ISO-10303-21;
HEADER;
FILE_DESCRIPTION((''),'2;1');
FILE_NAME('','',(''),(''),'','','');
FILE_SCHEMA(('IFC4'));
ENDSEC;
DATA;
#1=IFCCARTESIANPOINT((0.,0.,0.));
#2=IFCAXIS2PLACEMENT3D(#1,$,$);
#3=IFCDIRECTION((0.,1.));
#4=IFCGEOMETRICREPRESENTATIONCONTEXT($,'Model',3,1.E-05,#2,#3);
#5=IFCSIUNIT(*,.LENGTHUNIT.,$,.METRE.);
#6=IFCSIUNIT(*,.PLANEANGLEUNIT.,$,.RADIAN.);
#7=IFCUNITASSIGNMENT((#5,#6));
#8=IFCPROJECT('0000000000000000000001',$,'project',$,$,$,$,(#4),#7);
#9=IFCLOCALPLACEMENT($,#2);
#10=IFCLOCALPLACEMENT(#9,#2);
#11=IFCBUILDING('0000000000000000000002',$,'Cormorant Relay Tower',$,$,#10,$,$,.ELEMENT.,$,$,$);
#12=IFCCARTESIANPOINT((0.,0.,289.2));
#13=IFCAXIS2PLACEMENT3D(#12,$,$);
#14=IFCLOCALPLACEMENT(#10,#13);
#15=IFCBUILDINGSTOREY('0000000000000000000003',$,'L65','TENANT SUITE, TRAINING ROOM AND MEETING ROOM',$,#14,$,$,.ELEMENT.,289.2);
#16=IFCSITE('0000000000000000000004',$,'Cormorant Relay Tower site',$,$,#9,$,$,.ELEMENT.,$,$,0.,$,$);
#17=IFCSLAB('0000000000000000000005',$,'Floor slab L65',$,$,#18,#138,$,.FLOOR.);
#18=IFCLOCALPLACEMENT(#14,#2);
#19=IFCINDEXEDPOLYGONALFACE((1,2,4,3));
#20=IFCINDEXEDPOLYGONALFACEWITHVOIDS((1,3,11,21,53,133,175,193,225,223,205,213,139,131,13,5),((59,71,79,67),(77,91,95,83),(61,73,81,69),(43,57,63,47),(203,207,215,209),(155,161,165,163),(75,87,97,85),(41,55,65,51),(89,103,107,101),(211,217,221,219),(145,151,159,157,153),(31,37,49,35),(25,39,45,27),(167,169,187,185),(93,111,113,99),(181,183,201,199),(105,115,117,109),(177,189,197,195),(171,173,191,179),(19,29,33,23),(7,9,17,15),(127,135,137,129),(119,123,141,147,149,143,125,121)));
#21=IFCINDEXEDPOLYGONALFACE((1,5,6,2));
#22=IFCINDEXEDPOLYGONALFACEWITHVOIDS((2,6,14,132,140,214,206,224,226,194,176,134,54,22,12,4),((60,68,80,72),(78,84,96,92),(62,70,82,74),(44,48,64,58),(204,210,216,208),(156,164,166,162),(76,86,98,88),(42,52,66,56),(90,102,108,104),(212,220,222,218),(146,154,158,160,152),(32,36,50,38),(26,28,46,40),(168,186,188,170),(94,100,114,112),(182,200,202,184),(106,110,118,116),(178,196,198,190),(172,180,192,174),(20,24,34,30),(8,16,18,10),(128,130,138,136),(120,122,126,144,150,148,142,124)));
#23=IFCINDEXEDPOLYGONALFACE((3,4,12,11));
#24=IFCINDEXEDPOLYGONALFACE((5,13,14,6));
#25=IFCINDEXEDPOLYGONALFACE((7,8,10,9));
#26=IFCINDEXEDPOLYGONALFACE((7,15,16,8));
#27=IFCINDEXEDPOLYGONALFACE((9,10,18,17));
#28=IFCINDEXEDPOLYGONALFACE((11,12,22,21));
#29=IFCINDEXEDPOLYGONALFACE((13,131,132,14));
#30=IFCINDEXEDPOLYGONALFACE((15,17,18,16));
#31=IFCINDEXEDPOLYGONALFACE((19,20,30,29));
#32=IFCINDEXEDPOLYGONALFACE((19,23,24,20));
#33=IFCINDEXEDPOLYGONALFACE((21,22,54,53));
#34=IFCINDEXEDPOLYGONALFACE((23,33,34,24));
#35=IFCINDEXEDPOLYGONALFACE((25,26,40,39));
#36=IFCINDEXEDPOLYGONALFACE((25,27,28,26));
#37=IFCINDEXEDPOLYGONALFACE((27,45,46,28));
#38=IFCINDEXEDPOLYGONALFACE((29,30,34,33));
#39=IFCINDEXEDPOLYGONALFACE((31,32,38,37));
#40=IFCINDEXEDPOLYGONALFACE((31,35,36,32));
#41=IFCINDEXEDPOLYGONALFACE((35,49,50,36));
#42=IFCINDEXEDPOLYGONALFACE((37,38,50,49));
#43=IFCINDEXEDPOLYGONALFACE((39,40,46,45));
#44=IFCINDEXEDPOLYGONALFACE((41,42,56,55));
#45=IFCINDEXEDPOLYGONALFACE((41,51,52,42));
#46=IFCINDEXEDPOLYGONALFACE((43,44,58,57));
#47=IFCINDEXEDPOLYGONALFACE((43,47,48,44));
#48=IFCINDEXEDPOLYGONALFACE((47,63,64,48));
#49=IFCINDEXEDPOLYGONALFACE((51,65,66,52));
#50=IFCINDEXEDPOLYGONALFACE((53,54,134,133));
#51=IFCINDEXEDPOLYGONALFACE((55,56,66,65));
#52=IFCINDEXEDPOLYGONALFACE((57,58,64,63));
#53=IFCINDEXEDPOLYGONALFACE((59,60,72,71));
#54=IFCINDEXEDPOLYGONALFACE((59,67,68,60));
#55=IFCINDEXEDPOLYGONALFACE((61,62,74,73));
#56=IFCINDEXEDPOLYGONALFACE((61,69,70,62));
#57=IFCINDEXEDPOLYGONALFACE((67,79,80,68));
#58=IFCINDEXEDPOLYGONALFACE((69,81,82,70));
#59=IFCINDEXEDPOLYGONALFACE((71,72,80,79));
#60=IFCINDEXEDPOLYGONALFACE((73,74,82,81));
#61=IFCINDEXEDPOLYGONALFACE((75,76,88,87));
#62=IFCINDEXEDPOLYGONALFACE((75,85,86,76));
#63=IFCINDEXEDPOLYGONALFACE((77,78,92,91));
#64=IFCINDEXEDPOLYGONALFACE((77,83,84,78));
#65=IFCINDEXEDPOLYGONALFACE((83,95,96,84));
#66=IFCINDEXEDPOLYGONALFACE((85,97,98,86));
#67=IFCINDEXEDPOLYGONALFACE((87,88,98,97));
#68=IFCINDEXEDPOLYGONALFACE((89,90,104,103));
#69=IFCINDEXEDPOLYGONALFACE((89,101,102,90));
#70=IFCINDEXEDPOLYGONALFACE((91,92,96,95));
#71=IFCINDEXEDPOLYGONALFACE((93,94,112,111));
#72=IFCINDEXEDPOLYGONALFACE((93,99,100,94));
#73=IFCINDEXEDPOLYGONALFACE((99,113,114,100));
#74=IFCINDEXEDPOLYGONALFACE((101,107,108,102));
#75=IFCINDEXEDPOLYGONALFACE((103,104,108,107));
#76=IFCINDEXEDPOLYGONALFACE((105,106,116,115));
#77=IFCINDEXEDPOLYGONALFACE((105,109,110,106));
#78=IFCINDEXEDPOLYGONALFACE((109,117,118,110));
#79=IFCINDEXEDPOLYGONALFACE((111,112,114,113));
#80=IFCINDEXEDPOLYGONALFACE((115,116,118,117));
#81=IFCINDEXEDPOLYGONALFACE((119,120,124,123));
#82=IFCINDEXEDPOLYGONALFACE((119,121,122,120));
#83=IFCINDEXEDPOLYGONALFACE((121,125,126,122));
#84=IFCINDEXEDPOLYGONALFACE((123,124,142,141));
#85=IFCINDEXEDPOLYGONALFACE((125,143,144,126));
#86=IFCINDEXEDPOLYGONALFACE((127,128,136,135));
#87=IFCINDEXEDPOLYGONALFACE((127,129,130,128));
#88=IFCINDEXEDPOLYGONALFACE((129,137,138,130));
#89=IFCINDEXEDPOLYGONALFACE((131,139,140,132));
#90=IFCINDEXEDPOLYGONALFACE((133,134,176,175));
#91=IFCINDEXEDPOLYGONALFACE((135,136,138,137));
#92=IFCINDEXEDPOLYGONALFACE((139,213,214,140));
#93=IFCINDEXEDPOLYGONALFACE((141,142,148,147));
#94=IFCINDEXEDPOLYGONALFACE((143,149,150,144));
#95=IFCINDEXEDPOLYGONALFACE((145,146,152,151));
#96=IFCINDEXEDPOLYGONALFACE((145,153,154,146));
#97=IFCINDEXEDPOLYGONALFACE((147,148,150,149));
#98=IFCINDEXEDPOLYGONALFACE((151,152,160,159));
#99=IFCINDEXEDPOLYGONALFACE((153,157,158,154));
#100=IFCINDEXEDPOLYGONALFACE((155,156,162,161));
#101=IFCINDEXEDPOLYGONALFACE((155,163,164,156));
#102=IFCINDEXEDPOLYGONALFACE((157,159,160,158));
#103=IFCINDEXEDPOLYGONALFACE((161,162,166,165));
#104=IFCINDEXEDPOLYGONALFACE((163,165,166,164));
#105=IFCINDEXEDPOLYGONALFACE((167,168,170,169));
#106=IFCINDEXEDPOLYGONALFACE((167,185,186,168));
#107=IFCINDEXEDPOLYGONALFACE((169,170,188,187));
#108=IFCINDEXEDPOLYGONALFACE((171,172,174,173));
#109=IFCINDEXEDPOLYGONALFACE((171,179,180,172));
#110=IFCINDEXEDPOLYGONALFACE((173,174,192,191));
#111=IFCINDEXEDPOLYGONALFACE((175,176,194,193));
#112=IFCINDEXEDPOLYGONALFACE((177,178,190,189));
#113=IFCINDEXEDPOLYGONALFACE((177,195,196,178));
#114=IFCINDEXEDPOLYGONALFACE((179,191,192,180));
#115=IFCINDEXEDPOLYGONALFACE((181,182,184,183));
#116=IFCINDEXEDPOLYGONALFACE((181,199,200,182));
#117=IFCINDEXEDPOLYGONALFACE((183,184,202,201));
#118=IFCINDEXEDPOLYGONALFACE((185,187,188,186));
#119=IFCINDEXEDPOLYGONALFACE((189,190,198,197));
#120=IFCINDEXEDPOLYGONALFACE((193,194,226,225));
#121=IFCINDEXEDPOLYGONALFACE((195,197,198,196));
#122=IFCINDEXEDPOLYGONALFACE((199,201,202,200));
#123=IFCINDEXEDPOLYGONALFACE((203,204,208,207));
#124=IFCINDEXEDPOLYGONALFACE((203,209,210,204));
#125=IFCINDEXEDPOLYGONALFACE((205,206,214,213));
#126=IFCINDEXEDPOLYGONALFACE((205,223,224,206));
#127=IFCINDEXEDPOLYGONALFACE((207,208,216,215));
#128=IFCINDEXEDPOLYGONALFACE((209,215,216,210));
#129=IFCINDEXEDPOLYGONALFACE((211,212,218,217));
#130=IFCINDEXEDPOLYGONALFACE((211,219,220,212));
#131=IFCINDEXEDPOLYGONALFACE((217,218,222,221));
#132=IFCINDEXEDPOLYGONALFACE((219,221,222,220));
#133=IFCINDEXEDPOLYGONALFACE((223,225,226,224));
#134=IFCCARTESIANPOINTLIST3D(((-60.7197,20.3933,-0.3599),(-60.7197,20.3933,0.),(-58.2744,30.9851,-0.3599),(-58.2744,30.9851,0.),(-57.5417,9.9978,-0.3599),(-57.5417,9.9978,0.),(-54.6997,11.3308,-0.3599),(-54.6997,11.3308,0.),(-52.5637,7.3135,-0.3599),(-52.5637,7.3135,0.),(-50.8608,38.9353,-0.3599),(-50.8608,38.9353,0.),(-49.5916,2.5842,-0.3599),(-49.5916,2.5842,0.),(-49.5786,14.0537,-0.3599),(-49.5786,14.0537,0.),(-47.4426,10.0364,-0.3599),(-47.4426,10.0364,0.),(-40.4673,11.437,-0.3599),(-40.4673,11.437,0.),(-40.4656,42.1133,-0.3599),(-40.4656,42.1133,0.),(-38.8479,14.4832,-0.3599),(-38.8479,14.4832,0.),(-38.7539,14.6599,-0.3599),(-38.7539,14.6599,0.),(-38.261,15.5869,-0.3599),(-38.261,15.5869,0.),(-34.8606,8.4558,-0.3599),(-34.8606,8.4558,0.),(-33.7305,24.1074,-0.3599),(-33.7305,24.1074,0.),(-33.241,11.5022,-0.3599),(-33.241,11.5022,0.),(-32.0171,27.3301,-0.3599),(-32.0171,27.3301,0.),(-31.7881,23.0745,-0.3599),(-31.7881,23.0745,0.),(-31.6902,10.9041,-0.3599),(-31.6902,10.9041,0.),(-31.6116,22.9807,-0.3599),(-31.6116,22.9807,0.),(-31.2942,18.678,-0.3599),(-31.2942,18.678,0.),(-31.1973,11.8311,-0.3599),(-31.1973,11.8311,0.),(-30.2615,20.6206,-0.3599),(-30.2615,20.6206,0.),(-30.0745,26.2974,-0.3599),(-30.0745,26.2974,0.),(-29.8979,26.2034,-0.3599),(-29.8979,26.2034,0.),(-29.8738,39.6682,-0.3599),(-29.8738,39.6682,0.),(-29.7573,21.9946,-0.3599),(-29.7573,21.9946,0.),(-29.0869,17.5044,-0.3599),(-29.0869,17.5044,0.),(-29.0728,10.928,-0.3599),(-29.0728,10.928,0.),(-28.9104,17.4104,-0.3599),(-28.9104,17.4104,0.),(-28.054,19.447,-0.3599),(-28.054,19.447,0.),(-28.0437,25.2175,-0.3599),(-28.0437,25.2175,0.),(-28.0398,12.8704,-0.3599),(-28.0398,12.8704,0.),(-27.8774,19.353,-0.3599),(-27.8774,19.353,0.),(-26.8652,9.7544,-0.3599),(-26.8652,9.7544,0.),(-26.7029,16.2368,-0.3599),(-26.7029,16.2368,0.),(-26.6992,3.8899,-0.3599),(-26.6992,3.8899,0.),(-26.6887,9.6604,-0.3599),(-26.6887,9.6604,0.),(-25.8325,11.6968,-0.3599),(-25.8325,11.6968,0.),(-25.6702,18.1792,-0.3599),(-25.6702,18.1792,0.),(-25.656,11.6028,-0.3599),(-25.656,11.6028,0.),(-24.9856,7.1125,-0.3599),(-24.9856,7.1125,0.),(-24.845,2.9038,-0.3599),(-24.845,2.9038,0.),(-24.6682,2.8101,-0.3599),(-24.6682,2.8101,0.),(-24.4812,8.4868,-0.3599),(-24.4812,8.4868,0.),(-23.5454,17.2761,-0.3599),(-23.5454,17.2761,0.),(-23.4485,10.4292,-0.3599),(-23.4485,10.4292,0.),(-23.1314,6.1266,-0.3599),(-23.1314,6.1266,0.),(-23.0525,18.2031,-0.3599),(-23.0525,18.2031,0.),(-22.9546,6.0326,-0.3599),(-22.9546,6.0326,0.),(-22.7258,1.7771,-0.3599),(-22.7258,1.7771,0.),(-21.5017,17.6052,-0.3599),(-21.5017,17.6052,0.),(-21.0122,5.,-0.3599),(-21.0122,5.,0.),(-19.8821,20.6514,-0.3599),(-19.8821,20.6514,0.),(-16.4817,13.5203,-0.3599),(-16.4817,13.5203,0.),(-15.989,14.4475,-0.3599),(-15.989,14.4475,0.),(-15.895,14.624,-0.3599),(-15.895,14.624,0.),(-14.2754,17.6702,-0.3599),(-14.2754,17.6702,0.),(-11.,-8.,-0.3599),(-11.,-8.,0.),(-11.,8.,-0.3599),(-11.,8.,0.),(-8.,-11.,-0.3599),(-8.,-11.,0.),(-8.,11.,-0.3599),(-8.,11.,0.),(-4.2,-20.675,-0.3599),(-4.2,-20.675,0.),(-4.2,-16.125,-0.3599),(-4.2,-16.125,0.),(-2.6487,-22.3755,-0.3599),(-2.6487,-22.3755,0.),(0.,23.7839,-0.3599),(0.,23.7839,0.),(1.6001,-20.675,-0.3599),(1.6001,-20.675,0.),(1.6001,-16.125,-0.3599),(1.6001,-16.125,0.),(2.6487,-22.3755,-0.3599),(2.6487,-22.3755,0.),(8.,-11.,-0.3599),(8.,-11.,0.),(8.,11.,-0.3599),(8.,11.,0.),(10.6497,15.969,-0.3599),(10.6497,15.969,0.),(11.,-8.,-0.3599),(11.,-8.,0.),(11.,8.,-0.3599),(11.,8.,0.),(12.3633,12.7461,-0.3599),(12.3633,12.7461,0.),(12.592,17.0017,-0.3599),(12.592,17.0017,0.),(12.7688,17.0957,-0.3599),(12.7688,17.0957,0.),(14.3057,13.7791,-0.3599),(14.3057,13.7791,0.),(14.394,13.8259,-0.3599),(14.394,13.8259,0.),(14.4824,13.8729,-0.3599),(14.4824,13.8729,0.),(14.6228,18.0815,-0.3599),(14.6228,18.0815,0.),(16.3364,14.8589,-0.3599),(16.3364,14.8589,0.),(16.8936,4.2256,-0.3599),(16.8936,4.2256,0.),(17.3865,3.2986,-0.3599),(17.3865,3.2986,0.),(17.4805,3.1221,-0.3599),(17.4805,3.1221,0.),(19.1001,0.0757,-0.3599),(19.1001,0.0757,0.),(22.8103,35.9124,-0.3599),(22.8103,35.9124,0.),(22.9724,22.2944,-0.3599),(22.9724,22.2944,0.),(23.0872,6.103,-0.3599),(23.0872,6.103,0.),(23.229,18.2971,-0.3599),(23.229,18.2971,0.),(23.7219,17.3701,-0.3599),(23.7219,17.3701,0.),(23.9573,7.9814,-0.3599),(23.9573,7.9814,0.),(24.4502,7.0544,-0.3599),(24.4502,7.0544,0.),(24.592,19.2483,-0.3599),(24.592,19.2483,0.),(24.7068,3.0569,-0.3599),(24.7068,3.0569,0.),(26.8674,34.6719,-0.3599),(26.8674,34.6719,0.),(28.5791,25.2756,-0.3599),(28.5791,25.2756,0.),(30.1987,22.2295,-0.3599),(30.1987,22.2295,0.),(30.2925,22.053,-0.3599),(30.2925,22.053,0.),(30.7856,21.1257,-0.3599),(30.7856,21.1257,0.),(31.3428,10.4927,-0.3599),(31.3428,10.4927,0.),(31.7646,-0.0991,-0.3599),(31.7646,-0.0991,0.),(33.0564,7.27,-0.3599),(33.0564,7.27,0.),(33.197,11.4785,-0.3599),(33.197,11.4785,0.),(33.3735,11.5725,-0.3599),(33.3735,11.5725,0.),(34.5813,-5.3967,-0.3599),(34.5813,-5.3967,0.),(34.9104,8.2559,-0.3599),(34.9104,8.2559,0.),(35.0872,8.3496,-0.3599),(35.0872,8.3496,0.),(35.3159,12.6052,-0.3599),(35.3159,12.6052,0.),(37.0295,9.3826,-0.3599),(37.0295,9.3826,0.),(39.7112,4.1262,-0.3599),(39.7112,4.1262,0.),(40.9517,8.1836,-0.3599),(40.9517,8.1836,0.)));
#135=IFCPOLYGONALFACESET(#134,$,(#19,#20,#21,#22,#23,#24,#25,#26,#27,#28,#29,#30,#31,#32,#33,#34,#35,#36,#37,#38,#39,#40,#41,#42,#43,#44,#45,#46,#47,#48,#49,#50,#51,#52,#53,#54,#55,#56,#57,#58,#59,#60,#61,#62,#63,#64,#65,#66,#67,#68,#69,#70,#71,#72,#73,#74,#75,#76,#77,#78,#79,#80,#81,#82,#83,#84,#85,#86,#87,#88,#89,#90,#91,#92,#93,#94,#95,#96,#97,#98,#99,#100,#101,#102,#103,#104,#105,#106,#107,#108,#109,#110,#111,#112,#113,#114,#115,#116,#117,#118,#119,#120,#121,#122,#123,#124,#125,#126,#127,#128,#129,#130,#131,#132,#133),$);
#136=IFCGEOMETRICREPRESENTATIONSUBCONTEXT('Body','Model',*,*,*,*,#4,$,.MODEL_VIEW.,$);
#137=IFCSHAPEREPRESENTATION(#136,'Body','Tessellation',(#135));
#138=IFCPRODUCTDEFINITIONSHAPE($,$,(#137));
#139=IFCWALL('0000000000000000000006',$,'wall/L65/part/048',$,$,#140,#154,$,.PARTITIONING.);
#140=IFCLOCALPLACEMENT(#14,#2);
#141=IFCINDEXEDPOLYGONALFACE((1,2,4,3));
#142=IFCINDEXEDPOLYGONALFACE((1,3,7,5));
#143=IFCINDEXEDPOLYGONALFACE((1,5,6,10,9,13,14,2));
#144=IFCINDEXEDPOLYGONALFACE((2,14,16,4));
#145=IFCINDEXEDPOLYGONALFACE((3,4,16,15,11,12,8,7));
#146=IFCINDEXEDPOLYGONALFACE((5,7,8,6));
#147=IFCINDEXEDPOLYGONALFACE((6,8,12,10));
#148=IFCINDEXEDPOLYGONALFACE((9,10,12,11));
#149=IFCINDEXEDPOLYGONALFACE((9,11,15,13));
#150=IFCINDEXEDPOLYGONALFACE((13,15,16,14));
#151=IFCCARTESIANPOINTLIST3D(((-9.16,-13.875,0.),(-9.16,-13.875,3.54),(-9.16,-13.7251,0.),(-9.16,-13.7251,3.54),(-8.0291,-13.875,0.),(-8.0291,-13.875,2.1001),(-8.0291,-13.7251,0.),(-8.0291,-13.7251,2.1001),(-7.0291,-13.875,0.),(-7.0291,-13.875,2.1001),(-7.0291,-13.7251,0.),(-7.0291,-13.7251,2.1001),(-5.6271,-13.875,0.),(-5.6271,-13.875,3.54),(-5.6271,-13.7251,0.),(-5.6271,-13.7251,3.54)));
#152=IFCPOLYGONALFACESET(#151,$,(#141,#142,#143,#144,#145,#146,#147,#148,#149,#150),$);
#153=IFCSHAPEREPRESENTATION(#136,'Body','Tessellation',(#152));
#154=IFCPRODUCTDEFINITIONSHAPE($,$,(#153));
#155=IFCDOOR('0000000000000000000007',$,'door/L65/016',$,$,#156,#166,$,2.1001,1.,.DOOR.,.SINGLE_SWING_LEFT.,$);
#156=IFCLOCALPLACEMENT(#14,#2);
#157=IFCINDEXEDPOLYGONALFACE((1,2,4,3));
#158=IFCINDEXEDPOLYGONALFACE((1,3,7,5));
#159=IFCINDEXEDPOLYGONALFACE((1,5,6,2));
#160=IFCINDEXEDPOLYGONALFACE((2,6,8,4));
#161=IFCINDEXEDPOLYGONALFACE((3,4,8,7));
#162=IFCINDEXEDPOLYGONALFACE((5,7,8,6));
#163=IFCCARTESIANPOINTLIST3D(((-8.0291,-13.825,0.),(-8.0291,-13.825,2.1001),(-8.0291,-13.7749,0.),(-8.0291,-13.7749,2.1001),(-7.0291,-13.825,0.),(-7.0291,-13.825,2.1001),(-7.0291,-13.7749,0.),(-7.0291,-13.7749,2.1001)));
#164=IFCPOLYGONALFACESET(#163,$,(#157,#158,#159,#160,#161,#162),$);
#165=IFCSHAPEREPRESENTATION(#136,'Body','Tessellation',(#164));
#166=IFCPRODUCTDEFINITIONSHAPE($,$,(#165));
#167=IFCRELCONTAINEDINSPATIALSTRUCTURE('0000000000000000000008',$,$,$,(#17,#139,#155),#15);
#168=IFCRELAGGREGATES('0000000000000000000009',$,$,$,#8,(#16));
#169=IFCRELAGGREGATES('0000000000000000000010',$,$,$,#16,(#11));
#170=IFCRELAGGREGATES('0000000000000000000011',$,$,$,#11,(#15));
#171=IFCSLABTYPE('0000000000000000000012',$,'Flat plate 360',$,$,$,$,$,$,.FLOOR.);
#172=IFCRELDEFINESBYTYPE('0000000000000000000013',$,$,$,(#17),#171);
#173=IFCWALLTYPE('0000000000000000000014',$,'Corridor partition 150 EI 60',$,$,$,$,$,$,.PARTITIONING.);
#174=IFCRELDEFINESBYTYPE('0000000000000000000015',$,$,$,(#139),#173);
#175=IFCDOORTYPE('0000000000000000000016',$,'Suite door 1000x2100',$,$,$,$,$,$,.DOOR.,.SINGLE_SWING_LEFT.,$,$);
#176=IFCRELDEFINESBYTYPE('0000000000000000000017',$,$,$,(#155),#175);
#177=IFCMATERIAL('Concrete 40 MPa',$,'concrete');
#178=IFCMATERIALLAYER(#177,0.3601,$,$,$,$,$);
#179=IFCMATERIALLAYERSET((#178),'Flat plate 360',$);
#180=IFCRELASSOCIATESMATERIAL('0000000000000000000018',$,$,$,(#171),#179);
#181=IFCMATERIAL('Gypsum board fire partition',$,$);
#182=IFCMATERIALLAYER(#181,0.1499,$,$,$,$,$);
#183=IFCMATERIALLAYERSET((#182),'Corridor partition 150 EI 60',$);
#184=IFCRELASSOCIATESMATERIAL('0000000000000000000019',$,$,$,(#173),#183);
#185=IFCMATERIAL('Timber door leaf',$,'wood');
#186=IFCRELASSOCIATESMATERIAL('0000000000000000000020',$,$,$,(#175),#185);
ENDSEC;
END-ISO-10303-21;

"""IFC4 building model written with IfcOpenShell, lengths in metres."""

from ifc_helpers import new_model, si_unit, direction, frame, frame_2d, origin, place, context, subcontext, project, spatial, polyline, rectangle, outline, extrude, material, layer, layer_set, type_object, element, fill, save


model = new_model("IFC4")

# Units and contexts
model_context = context("Model", 3, precision=1e-05, world=origin(), true_north=direction((0.0, 1.0)))
body_context = subcontext(model_context, "Body", "Model", "MODEL_VIEW")
ifc_project = project(units=[si_unit("LENGTHUNIT", "METRE"), si_unit("PLANEANGLEUNIT", "RADIAN")], contexts=[model_context])

# Site, building, storey
site_placement = place(None, origin())
site = spatial("IfcSite", under=ifc_project, at=site_placement, Name="Cormorant Relay Tower site", CompositionType="ELEMENT", RefElevation=0.0)
building_placement = place(site_placement, origin())
building = spatial("IfcBuilding", under=site, at=building_placement, Name="Cormorant Relay Tower", CompositionType="ELEMENT")
storey_placement = place(building_placement, frame((0.0, 0.0, 289.2)))
storey = spatial("IfcBuildingStorey", under=building, at=storey_placement, Name="L65", Description="TENANT SUITE, TRAINING ROOM AND MEETING ROOM", CompositionType="ELEMENT", Elevation=289.2)

# Slab
ifc_material_1 = material(Name="Concrete 40 MPa", Category="concrete")
ifc_layer_1 = layer(ifc_material_1, 0.3601)
ifc_layer_set_1 = layer_set([ifc_layer_1], Name="Flat plate 360")
slab_type_1 = type_object("IfcSlabType", Name="Flat plate 360", PredefinedType="FLOOR", material=ifc_layer_set_1)
slab_1_placement = place(storey_placement, frame((0.0, 0.0, -0.3599)))
element("IfcSlab", 1, at=slab_1_placement, inside=storey, type_object=slab_type_1, Name="Floor slab L65", PredefinedType="FLOOR", context=body_context, shape_type="SweptSolid", body=[
    extrude(outline(polyline([(-60.7197, 20.3933), (-58.2744, 30.9851), (-50.8608, 38.9353), (-40.4656, 42.1133), (-29.8738, 39.6682), (0.0, 23.7839), (22.8103, 35.9124), (26.8674, 34.6719), (40.9517, 8.1836), (39.7112, 4.1262), (31.7646, -0.0991), (34.5813, -5.3967), (2.6487, -22.3755), (-2.6487, -22.3755), (-49.5916, 2.5842), (-57.5417, 9.9978), (-60.7197, 20.3933)]), holes=[polyline([(11.0, -8.0), (11.0, 8.0), (8.0, 11.0), (-8.0, 11.0), (-11.0, 8.0), (-11.0, -8.0), (-8.0, -11.0), (8.0, -11.0), (11.0, -8.0)]), polyline([(-22.9546, 6.0327), (-24.6682, 2.8101), (-22.7258, 1.7771), (-21.0122, 5.0), (-23.043, 6.0796), (-22.9546, 6.0327)]), polyline([(-24.9856, 7.1125), (-26.6992, 3.8899), (-24.845, 2.9038), (-23.1313, 6.1267), (-23.043, 6.0796), (-24.9856, 7.1125)]), polyline([(-24.4812, 8.4868), (-23.4485, 10.4292), (-25.656, 11.6028), (-26.6887, 9.6604), (-24.4812, 8.4868)]), polyline([(-49.5786, 14.0537), (-54.6997, 11.3308), (-52.5637, 7.3135), (-47.4426, 10.0364), (-49.5786, 14.0537)]), polyline([(-25.8325, 11.6968), (-28.0398, 12.8704), (-29.0728, 10.928), (-26.8652, 9.7544), (-25.8325, 11.6968)]), polyline([(-38.8479, 14.4832), (-40.4673, 11.437), (-34.8606, 8.4558), (-33.241, 11.5022), (-38.8479, 14.4832)]), polyline([(-38.261, 15.5869), (-38.7539, 14.6599), (-31.6902, 10.9041), (-31.1973, 11.8311), (-38.261, 15.5869)]), polyline([(-26.7029, 16.2368), (-25.6702, 18.1792), (-27.8774, 19.353), (-28.9104, 17.4104), (-26.7029, 16.2368)]), polyline([(-31.2942, 18.678), (-29.0869, 17.5044), (-28.054, 19.447), (-30.2615, 20.6206), (-31.2942, 18.678)]), polyline([(-31.6116, 22.9807), (-29.7573, 21.9946), (-28.0437, 25.2175), (-29.8979, 26.2034), (-31.6116, 22.9807)]), polyline([(-32.0171, 27.3301), (-33.7305, 24.1074), (-31.7881, 23.0745), (-30.0745, 26.2974), (-32.0171, 27.3301)]), polyline([(-4.2, -16.125), (-4.2, -20.675), (1.6001, -20.675), (1.6001, -16.125), (-4.2, -16.125)]), polyline([(17.4805, 3.1221), (19.1001, 0.0757), (24.7068, 3.0569), (23.0872, 6.103), (17.4805, 3.1221)]), polyline([(17.3865, 3.2986), (24.4502, 7.0544), (23.9573, 7.9814), (16.8936, 4.2256), (17.3865, 3.2986)]), polyline([(33.197, 11.4785), (31.3428, 10.4927), (33.0564, 7.27), (34.9104, 8.2559), (33.197, 11.4785)]), polyline([(33.3735, 11.5725), (35.0872, 8.3496), (37.0295, 9.3826), (35.3159, 12.6052), (33.3735, 11.5725)]), polyline([(14.3057, 13.7791), (12.592, 17.0017), (10.6497, 15.969), (12.3633, 12.7461), (14.394, 13.8259), (14.3057, 13.7791)]), polyline([(16.3364, 14.8589), (14.6228, 18.0815), (12.7688, 17.0957), (14.4824, 13.8728), (14.394, 13.8259), (16.3364, 14.8589)]), polyline([(-16.4817, 13.5203), (-15.989, 14.4475), (-23.0525, 18.2031), (-23.5454, 17.2761), (-16.4817, 13.5203)]), polyline([(-15.895, 14.624), (-14.2754, 17.6702), (-19.8821, 20.6514), (-21.5017, 17.6052), (-15.895, 14.624)]), polyline([(30.7856, 21.1257), (30.2925, 22.053), (23.229, 18.2971), (23.7219, 17.3701), (30.7856, 21.1257)]), polyline([(24.592, 19.2483), (30.1987, 22.2295), (28.5791, 25.2756), (22.9724, 22.2944), (24.592, 19.2483)])]), origin(), (0.0, 0.0, 1.0), 0.3599),
])

# Wall, opening, door
ifc_material_2 = material(Name="Gypsum board fire partition")
ifc_layer_2 = layer(ifc_material_2, 0.1499)
ifc_layer_set_2 = layer_set([ifc_layer_2], Name="Corridor partition 150 EI 60")
wall_type_1 = type_object("IfcWallType", Name="Corridor partition 150 EI 60", PredefinedType="PARTITIONING", material=ifc_layer_set_2)
wall_1_placement = place(storey_placement, frame((-5.627, -13.8, 0.0), z_axis=(0.0, 0.0, 1.0), x_axis=(-1.0, 0.0, 0.0)))
wall_1 = element("IfcWall", 2, at=wall_1_placement, inside=storey, type_object=wall_type_1, Name="wall/L65/part/048", PredefinedType="PARTITIONING", context=body_context, shape_type="SweptSolid", body=[
    extrude(rectangle(XDim=3.533, YDim=0.1499, at=frame_2d((1.7666, 0.0))), origin(), (0.0, 0.0, 1.0), 3.54),
])
opening_1_placement = place(wall_1_placement, frame((1.4021, 0.0, 0.0)))
opening_1 = element("IfcOpeningElement", 3, at=opening_1_placement, cuts=wall_1, PredefinedType="OPENING", context=body_context, shape_type="SweptSolid", body=[
    extrude(rectangle(XDim=1.0, YDim=2.1001, at=frame_2d((0.5, 1.05))), frame((0.0, 0.085, 0.0), z_axis=(0.0, -1.0, 0.0), x_axis=(1.0, 0.0, 0.0)), (0.0, 0.0, 1.0), 0.1699),
])
ifc_material_3 = material(Name="Timber door leaf", Category="wood")
door_type_1 = type_object("IfcDoorType", Name="Suite door 1000x2100", OperationType="SINGLE_SWING_LEFT", PredefinedType="DOOR", material=ifc_material_3)
door_1_placement = place(opening_1_placement, origin())
door_1 = element("IfcDoor", 4, at=door_1_placement, inside=storey, type_object=door_type_1, Name="door/L65/016", OperationType="SINGLE_SWING_LEFT", OverallHeight=2.1001, OverallWidth=1.0, PredefinedType="DOOR", context=body_context, shape_type="SweptSolid", body=[
    extrude(rectangle(XDim=1.0, YDim=2.1001, at=frame_2d((0.5, 1.05))), frame((0.0, 0.0249, 0.0), z_axis=(0.0, -1.0, 0.0), x_axis=(1.0, 0.0, 0.0)), (0.0, 0.0, 1.0), 0.05),
])
fill(opening_1, door_1)

save(model, "model.ifc")
